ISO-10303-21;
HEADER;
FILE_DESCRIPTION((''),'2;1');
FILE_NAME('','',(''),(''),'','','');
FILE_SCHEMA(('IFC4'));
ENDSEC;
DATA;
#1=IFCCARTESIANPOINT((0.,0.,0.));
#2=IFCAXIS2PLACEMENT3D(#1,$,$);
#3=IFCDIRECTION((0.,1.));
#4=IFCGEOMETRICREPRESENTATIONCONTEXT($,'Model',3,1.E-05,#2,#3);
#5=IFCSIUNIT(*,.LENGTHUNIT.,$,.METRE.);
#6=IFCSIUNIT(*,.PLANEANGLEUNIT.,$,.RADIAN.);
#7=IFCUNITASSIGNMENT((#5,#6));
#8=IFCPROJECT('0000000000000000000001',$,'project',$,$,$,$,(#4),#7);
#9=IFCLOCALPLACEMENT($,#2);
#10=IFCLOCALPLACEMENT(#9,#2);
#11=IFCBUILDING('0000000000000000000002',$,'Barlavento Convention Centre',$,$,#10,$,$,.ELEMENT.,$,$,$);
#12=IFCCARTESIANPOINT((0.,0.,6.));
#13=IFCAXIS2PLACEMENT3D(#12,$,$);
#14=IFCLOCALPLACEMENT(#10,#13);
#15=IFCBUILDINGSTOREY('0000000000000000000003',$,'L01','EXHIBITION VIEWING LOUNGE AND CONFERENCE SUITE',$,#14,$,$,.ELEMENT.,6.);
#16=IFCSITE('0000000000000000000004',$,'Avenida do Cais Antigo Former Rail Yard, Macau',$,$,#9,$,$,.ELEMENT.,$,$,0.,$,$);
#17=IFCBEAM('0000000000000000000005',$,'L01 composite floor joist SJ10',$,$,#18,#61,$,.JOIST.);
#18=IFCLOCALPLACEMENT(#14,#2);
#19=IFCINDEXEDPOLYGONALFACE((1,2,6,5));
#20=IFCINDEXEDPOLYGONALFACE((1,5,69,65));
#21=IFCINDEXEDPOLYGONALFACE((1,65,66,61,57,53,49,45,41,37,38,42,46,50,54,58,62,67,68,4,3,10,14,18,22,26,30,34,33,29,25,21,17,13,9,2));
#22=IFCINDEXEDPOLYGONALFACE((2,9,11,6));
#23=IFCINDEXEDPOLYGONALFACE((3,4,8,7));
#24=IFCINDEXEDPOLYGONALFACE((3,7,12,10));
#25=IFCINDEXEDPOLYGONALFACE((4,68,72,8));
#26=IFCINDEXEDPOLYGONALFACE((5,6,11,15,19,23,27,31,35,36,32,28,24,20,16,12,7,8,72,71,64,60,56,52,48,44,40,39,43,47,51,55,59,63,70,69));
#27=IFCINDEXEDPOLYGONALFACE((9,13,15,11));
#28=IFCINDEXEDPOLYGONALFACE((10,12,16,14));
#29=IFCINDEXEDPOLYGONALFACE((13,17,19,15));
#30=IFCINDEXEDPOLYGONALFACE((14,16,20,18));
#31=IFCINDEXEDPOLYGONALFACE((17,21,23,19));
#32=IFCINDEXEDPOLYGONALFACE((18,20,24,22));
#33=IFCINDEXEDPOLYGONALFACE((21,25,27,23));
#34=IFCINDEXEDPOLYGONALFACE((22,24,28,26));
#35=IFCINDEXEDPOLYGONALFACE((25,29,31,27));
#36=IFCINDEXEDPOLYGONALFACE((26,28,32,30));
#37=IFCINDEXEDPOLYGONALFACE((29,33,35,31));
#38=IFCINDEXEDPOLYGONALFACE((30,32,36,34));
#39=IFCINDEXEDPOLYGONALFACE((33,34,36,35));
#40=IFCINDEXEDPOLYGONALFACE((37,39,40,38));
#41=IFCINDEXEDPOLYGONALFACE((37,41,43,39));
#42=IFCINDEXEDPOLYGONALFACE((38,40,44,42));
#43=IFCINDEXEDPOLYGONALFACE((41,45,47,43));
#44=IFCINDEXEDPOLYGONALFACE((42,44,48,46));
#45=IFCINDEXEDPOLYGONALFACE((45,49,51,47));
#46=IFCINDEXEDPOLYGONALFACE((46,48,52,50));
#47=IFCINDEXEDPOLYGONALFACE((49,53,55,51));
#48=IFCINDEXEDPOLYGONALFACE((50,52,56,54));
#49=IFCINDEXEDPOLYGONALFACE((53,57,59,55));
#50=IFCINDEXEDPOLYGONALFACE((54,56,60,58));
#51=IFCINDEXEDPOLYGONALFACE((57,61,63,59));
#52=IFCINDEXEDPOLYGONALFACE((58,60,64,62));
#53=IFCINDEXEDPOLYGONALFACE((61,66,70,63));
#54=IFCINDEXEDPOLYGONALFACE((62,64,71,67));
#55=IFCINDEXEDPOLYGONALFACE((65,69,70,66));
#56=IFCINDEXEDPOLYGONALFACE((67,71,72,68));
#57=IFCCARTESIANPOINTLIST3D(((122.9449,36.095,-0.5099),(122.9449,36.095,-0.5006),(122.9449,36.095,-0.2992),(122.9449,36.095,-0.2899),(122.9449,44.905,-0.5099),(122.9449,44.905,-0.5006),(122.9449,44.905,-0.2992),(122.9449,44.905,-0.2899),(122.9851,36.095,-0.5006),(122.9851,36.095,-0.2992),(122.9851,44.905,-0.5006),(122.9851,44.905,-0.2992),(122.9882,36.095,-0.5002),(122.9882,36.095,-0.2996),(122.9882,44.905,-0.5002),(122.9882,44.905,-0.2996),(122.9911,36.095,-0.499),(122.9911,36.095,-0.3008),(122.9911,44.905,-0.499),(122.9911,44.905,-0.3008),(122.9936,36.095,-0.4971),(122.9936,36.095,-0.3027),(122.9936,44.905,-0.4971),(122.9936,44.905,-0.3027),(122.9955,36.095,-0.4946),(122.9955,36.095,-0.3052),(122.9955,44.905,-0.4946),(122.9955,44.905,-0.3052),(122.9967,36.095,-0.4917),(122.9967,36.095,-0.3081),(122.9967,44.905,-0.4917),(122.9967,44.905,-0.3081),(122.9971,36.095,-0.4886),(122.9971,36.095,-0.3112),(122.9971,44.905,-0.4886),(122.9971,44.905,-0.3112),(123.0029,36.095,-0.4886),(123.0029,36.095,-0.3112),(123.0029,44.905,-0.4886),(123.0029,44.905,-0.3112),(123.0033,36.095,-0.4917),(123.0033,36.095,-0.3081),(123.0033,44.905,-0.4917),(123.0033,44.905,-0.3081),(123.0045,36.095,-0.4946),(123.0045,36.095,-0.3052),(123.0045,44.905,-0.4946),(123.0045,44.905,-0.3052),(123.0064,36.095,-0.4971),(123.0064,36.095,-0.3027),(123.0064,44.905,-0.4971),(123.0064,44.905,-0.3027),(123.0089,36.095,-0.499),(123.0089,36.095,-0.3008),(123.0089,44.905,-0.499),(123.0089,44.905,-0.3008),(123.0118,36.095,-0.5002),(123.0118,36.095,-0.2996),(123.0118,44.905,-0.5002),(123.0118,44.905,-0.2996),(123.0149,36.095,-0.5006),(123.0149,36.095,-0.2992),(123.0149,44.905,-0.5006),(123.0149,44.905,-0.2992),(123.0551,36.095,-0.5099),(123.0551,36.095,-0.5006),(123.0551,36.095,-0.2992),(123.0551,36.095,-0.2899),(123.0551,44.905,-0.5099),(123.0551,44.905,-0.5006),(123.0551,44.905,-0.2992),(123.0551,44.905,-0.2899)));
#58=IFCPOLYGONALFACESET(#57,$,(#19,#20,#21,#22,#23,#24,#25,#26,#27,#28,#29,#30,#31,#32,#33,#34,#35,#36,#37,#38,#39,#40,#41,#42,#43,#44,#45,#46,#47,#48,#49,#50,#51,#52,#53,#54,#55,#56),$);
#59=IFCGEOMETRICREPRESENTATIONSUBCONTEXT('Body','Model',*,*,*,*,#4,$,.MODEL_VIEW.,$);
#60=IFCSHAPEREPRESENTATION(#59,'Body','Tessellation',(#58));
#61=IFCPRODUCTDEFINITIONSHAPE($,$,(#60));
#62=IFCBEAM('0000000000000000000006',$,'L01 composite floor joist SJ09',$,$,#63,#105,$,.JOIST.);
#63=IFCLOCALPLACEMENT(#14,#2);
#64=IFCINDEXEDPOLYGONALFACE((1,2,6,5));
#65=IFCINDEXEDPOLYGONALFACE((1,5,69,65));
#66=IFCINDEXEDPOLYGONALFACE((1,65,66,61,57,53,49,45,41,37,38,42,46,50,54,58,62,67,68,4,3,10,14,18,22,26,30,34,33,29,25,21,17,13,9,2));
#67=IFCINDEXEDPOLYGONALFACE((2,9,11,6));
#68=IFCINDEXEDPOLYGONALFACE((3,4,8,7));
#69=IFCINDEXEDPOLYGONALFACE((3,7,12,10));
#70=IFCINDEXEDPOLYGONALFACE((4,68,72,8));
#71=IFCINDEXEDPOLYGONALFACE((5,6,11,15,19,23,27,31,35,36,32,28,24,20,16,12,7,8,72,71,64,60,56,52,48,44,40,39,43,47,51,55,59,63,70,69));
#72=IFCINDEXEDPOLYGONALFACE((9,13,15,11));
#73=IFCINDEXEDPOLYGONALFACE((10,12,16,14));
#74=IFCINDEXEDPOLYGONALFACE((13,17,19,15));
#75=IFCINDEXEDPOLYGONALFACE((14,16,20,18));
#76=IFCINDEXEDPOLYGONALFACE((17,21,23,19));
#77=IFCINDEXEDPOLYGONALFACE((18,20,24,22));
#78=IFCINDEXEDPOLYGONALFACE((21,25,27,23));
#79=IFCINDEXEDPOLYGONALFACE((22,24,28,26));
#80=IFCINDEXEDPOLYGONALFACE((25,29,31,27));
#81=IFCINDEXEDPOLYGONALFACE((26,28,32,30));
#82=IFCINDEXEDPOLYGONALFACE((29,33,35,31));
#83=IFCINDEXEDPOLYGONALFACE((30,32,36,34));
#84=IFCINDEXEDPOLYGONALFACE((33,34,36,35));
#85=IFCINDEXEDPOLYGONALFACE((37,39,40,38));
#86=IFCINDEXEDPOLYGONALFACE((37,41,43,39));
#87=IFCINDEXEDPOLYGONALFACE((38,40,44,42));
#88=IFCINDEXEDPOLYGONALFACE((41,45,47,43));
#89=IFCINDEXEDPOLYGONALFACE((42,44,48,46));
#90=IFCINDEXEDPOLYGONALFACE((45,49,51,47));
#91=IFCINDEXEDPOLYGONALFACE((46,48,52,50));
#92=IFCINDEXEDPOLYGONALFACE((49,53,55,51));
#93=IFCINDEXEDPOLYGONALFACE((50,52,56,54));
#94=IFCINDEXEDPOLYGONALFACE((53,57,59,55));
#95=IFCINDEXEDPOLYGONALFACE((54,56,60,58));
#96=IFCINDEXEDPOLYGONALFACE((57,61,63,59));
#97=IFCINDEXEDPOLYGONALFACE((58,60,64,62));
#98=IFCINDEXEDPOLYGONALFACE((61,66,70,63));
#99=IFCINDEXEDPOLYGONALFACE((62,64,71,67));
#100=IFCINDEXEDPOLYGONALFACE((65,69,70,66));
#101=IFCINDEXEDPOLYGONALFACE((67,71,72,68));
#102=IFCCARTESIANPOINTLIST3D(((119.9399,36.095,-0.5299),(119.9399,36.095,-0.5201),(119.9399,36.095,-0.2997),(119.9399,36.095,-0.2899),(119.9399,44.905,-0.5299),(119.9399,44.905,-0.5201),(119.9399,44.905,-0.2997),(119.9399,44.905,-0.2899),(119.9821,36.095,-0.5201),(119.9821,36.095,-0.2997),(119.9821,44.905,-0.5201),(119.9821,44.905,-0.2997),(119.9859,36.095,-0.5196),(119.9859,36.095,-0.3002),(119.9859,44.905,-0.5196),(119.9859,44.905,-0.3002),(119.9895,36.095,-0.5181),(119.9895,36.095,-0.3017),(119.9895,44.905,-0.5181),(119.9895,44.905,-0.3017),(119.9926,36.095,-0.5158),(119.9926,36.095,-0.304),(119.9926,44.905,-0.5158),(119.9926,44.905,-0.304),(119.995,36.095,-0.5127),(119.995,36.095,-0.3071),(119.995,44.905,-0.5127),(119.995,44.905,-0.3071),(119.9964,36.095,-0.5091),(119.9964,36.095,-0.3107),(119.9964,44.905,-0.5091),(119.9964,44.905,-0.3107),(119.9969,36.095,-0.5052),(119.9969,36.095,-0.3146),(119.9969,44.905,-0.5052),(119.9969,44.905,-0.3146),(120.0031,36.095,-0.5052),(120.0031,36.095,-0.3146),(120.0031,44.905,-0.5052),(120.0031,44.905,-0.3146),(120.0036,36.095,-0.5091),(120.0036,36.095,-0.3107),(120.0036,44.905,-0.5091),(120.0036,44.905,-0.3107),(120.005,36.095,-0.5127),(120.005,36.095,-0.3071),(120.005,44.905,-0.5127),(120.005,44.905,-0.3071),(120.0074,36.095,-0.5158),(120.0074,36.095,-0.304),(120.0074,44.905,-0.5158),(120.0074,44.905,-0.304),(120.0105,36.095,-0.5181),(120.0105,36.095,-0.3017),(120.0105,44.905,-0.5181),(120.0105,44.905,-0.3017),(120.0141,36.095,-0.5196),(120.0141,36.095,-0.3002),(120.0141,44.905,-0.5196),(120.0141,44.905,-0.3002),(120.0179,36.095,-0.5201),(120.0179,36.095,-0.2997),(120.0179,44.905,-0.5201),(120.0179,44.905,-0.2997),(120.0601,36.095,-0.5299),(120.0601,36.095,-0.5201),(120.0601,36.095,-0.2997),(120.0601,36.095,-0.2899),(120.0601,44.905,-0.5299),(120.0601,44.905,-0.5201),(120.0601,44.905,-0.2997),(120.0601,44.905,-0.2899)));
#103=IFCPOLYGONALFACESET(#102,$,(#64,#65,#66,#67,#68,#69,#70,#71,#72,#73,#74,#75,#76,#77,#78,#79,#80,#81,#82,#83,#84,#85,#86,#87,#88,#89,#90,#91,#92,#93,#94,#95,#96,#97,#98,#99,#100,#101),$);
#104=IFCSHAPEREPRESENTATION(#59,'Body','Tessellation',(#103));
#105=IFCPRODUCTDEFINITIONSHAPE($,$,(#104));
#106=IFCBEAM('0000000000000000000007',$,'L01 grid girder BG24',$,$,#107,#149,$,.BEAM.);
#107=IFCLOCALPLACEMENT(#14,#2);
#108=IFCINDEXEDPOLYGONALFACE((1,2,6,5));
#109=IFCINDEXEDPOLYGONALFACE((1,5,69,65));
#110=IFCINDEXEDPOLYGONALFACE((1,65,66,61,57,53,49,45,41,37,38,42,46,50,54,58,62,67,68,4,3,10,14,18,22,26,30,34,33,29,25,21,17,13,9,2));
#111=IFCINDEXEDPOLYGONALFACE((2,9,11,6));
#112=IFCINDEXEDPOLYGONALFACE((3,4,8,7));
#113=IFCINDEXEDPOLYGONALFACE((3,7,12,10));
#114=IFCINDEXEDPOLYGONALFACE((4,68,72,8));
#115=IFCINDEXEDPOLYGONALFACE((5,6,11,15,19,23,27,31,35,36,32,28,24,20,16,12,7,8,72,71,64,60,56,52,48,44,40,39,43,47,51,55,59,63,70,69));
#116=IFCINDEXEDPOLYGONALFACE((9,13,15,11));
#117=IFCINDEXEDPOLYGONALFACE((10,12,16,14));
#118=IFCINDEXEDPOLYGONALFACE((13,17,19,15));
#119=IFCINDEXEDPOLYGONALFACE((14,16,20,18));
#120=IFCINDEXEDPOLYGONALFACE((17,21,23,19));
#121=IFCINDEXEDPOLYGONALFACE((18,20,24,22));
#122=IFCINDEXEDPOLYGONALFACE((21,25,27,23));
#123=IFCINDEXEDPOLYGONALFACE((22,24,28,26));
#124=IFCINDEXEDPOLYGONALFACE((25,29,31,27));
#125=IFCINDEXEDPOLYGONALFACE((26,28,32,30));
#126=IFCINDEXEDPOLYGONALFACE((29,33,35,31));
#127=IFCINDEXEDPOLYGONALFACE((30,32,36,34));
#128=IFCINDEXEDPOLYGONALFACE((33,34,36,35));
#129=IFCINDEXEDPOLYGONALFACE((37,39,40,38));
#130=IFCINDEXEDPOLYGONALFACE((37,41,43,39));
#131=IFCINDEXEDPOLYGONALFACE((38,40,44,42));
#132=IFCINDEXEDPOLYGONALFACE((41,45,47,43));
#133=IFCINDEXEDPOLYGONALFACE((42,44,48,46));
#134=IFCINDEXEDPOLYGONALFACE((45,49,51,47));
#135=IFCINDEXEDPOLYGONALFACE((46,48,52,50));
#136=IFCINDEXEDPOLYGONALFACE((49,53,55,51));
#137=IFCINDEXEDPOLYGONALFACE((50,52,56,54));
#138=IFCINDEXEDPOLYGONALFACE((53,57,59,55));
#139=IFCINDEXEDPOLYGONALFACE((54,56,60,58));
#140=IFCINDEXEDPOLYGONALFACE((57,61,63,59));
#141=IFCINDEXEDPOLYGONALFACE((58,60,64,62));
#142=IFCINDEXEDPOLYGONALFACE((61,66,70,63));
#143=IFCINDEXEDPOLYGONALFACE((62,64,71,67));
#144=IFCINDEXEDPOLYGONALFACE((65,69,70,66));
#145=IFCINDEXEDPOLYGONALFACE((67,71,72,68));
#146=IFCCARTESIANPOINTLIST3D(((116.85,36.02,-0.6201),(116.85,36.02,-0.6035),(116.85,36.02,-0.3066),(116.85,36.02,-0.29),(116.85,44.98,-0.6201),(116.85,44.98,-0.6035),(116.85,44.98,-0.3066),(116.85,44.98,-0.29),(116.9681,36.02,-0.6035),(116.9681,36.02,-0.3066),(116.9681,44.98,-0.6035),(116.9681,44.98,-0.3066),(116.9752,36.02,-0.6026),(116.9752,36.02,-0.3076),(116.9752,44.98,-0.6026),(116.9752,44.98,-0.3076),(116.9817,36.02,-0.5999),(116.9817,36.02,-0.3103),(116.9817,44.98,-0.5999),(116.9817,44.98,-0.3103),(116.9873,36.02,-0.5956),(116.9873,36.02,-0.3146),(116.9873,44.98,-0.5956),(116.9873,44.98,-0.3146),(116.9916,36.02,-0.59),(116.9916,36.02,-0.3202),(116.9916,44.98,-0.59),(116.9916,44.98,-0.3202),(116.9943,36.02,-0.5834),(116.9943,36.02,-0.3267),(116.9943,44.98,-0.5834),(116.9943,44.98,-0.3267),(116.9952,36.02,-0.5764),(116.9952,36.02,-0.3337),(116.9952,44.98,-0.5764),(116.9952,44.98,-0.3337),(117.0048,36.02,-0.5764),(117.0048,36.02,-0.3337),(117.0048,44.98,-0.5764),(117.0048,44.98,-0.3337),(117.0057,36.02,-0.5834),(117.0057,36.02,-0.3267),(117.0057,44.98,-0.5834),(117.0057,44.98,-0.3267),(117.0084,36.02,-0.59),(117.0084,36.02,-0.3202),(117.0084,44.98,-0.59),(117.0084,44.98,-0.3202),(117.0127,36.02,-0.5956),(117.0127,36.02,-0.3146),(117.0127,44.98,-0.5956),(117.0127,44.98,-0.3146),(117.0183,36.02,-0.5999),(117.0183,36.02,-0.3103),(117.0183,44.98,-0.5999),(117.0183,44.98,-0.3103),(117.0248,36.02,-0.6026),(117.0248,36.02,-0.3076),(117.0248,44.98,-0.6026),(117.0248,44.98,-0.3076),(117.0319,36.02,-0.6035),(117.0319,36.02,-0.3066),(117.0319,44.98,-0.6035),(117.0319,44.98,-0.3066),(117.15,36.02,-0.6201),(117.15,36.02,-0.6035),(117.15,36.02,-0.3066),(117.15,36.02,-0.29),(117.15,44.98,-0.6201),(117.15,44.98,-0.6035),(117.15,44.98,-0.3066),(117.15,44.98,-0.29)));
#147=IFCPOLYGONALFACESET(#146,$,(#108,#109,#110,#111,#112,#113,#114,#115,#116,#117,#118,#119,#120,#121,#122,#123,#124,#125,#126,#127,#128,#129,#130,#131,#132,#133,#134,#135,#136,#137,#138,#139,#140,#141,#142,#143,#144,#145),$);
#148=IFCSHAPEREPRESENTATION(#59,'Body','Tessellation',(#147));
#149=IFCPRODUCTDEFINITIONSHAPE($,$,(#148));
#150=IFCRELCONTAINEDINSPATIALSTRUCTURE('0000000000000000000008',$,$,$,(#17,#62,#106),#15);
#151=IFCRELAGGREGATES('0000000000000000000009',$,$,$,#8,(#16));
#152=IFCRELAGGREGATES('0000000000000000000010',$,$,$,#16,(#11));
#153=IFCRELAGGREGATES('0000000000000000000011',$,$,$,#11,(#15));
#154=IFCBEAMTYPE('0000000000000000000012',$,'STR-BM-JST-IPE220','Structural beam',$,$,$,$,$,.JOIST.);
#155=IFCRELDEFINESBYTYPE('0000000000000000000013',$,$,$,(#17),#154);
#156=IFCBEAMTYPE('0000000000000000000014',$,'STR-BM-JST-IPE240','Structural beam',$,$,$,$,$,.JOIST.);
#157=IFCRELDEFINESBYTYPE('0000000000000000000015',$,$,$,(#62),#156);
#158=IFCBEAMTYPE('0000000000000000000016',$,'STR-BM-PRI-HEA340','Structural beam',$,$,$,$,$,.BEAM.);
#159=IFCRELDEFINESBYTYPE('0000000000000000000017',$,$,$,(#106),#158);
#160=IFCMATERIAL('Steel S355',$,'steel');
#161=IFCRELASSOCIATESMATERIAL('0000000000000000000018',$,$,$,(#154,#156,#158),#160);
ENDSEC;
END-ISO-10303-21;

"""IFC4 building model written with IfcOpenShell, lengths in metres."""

from ifc_helpers import new_model, si_unit, direction, frame, origin, origin_2d, place, context, subcontext, project, spatial, i_section, extrude, material, material_profile, profile_set, type_object, element, save


model = new_model("IFC4")

# Units and contexts
model_context = context("Model", 3, precision=1e-05, world=origin(), true_north=direction((0.0, 1.0)))
body_context = subcontext(model_context, "Body", "Model", "MODEL_VIEW")
ifc_project = project(units=[si_unit("LENGTHUNIT", "METRE"), si_unit("PLANEANGLEUNIT", "RADIAN")], contexts=[model_context])

# Site, building, storey
site_placement = place(None, origin())
site = spatial("IfcSite", under=ifc_project, at=site_placement, Name="Avenida do Cais Antigo Former Rail Yard, Macau", CompositionType="ELEMENT", RefElevation=0.0)
building_placement = place(site_placement, origin())
building = spatial("IfcBuilding", under=site, at=building_placement, Name="Barlavento Convention Centre", CompositionType="ELEMENT")
storey_placement = place(building_placement, frame((0.0, 0.0, 6.0)))
storey = spatial("IfcBuildingStorey", under=building, at=storey_placement, Name="L01", Description="EXHIBITION VIEWING LOUNGE AND CONFERENCE SUITE", CompositionType="ELEMENT", Elevation=6.0)

# Shared definitions
ifc_material_1 = material(Name="Steel S355", Category="steel")

# Beams
ifc_material_profile_1 = material_profile(ifc_material_1, i_section(OverallWidth=0.1101, OverallDepth=0.22, WebThickness=0.0059, FlangeThickness=0.0093, FilletRadius=0.012, at=origin_2d()), Name="IPE 220")
ifc_profile_set_1 = profile_set([ifc_material_profile_1], Name="Steel S355")
beam_type_1 = type_object("IfcBeamType", Name="STR-BM-JST-IPE220", Description="Structural beam", PredefinedType="JOIST", material=ifc_profile_set_1)
beam_1_placement = place(storey_placement, frame((123.0, 36.095, -0.3999), z_axis=(0.0, 1.0, 0.0), x_axis=(-1.0, 0.0, 0.0)))
element("IfcBeam", 1, at=beam_1_placement, inside=storey, type_object=beam_type_1, Name="L01 composite floor joist SJ10", PredefinedType="JOIST", context=body_context, shape_type="SweptSolid", body=[
    extrude(i_section(OverallWidth=0.1101, OverallDepth=0.22, WebThickness=0.0059, FlangeThickness=0.0093, FilletRadius=0.012, at=origin_2d()), origin(), (0.0, 0.0, 1.0), 8.8101),
])
ifc_material_profile_2 = material_profile(ifc_material_1, i_section(OverallWidth=0.1201, OverallDepth=0.24, WebThickness=0.0061, FlangeThickness=0.0098, FilletRadius=0.0149, at=origin_2d()), Name="IPE 240")
ifc_profile_set_2 = profile_set([ifc_material_profile_2], Name="Steel S355")
beam_type_2 = type_object("IfcBeamType", Name="STR-BM-JST-IPE240", Description="Structural beam", PredefinedType="JOIST", material=ifc_profile_set_2)
beam_2_placement = place(storey_placement, frame((120.0, 36.095, -0.4099), z_axis=(0.0, 1.0, 0.0), x_axis=(-1.0, 0.0, 0.0)))
element("IfcBeam", 2, at=beam_2_placement, inside=storey, type_object=beam_type_2, Name="L01 composite floor joist SJ09", PredefinedType="JOIST", context=body_context, shape_type="SweptSolid", body=[
    extrude(i_section(OverallWidth=0.1201, OverallDepth=0.24, WebThickness=0.0061, FlangeThickness=0.0098, FilletRadius=0.0149, at=origin_2d()), origin(), (0.0, 0.0, 1.0), 8.8101),
])
ifc_material_profile_3 = material_profile(ifc_material_1, i_section(OverallWidth=0.3, OverallDepth=0.3301, WebThickness=0.0095, FlangeThickness=0.0166, FilletRadius=0.0271, at=origin_2d()), Name="HEA 340")
ifc_profile_set_3 = profile_set([ifc_material_profile_3], Name="Steel S355")
beam_type_3 = type_object("IfcBeamType", Name="STR-BM-PRI-HEA340", Description="Structural beam", PredefinedType="BEAM", material=ifc_profile_set_3)
beam_3_placement = place(storey_placement, frame((117.0, 36.02, -0.4551), z_axis=(0.0, 1.0, 0.0), x_axis=(-1.0, 0.0, 0.0)))
element("IfcBeam", 3, at=beam_3_placement, inside=storey, type_object=beam_type_3, Name="L01 grid girder BG24", PredefinedType="BEAM", context=body_context, shape_type="SweptSolid", body=[
    extrude(i_section(OverallWidth=0.3, OverallDepth=0.3301, WebThickness=0.0095, FlangeThickness=0.0166, FilletRadius=0.0271, at=origin_2d()), origin(), (0.0, 0.0, 1.0), 8.96),
])

save(model, "model.ifc")
